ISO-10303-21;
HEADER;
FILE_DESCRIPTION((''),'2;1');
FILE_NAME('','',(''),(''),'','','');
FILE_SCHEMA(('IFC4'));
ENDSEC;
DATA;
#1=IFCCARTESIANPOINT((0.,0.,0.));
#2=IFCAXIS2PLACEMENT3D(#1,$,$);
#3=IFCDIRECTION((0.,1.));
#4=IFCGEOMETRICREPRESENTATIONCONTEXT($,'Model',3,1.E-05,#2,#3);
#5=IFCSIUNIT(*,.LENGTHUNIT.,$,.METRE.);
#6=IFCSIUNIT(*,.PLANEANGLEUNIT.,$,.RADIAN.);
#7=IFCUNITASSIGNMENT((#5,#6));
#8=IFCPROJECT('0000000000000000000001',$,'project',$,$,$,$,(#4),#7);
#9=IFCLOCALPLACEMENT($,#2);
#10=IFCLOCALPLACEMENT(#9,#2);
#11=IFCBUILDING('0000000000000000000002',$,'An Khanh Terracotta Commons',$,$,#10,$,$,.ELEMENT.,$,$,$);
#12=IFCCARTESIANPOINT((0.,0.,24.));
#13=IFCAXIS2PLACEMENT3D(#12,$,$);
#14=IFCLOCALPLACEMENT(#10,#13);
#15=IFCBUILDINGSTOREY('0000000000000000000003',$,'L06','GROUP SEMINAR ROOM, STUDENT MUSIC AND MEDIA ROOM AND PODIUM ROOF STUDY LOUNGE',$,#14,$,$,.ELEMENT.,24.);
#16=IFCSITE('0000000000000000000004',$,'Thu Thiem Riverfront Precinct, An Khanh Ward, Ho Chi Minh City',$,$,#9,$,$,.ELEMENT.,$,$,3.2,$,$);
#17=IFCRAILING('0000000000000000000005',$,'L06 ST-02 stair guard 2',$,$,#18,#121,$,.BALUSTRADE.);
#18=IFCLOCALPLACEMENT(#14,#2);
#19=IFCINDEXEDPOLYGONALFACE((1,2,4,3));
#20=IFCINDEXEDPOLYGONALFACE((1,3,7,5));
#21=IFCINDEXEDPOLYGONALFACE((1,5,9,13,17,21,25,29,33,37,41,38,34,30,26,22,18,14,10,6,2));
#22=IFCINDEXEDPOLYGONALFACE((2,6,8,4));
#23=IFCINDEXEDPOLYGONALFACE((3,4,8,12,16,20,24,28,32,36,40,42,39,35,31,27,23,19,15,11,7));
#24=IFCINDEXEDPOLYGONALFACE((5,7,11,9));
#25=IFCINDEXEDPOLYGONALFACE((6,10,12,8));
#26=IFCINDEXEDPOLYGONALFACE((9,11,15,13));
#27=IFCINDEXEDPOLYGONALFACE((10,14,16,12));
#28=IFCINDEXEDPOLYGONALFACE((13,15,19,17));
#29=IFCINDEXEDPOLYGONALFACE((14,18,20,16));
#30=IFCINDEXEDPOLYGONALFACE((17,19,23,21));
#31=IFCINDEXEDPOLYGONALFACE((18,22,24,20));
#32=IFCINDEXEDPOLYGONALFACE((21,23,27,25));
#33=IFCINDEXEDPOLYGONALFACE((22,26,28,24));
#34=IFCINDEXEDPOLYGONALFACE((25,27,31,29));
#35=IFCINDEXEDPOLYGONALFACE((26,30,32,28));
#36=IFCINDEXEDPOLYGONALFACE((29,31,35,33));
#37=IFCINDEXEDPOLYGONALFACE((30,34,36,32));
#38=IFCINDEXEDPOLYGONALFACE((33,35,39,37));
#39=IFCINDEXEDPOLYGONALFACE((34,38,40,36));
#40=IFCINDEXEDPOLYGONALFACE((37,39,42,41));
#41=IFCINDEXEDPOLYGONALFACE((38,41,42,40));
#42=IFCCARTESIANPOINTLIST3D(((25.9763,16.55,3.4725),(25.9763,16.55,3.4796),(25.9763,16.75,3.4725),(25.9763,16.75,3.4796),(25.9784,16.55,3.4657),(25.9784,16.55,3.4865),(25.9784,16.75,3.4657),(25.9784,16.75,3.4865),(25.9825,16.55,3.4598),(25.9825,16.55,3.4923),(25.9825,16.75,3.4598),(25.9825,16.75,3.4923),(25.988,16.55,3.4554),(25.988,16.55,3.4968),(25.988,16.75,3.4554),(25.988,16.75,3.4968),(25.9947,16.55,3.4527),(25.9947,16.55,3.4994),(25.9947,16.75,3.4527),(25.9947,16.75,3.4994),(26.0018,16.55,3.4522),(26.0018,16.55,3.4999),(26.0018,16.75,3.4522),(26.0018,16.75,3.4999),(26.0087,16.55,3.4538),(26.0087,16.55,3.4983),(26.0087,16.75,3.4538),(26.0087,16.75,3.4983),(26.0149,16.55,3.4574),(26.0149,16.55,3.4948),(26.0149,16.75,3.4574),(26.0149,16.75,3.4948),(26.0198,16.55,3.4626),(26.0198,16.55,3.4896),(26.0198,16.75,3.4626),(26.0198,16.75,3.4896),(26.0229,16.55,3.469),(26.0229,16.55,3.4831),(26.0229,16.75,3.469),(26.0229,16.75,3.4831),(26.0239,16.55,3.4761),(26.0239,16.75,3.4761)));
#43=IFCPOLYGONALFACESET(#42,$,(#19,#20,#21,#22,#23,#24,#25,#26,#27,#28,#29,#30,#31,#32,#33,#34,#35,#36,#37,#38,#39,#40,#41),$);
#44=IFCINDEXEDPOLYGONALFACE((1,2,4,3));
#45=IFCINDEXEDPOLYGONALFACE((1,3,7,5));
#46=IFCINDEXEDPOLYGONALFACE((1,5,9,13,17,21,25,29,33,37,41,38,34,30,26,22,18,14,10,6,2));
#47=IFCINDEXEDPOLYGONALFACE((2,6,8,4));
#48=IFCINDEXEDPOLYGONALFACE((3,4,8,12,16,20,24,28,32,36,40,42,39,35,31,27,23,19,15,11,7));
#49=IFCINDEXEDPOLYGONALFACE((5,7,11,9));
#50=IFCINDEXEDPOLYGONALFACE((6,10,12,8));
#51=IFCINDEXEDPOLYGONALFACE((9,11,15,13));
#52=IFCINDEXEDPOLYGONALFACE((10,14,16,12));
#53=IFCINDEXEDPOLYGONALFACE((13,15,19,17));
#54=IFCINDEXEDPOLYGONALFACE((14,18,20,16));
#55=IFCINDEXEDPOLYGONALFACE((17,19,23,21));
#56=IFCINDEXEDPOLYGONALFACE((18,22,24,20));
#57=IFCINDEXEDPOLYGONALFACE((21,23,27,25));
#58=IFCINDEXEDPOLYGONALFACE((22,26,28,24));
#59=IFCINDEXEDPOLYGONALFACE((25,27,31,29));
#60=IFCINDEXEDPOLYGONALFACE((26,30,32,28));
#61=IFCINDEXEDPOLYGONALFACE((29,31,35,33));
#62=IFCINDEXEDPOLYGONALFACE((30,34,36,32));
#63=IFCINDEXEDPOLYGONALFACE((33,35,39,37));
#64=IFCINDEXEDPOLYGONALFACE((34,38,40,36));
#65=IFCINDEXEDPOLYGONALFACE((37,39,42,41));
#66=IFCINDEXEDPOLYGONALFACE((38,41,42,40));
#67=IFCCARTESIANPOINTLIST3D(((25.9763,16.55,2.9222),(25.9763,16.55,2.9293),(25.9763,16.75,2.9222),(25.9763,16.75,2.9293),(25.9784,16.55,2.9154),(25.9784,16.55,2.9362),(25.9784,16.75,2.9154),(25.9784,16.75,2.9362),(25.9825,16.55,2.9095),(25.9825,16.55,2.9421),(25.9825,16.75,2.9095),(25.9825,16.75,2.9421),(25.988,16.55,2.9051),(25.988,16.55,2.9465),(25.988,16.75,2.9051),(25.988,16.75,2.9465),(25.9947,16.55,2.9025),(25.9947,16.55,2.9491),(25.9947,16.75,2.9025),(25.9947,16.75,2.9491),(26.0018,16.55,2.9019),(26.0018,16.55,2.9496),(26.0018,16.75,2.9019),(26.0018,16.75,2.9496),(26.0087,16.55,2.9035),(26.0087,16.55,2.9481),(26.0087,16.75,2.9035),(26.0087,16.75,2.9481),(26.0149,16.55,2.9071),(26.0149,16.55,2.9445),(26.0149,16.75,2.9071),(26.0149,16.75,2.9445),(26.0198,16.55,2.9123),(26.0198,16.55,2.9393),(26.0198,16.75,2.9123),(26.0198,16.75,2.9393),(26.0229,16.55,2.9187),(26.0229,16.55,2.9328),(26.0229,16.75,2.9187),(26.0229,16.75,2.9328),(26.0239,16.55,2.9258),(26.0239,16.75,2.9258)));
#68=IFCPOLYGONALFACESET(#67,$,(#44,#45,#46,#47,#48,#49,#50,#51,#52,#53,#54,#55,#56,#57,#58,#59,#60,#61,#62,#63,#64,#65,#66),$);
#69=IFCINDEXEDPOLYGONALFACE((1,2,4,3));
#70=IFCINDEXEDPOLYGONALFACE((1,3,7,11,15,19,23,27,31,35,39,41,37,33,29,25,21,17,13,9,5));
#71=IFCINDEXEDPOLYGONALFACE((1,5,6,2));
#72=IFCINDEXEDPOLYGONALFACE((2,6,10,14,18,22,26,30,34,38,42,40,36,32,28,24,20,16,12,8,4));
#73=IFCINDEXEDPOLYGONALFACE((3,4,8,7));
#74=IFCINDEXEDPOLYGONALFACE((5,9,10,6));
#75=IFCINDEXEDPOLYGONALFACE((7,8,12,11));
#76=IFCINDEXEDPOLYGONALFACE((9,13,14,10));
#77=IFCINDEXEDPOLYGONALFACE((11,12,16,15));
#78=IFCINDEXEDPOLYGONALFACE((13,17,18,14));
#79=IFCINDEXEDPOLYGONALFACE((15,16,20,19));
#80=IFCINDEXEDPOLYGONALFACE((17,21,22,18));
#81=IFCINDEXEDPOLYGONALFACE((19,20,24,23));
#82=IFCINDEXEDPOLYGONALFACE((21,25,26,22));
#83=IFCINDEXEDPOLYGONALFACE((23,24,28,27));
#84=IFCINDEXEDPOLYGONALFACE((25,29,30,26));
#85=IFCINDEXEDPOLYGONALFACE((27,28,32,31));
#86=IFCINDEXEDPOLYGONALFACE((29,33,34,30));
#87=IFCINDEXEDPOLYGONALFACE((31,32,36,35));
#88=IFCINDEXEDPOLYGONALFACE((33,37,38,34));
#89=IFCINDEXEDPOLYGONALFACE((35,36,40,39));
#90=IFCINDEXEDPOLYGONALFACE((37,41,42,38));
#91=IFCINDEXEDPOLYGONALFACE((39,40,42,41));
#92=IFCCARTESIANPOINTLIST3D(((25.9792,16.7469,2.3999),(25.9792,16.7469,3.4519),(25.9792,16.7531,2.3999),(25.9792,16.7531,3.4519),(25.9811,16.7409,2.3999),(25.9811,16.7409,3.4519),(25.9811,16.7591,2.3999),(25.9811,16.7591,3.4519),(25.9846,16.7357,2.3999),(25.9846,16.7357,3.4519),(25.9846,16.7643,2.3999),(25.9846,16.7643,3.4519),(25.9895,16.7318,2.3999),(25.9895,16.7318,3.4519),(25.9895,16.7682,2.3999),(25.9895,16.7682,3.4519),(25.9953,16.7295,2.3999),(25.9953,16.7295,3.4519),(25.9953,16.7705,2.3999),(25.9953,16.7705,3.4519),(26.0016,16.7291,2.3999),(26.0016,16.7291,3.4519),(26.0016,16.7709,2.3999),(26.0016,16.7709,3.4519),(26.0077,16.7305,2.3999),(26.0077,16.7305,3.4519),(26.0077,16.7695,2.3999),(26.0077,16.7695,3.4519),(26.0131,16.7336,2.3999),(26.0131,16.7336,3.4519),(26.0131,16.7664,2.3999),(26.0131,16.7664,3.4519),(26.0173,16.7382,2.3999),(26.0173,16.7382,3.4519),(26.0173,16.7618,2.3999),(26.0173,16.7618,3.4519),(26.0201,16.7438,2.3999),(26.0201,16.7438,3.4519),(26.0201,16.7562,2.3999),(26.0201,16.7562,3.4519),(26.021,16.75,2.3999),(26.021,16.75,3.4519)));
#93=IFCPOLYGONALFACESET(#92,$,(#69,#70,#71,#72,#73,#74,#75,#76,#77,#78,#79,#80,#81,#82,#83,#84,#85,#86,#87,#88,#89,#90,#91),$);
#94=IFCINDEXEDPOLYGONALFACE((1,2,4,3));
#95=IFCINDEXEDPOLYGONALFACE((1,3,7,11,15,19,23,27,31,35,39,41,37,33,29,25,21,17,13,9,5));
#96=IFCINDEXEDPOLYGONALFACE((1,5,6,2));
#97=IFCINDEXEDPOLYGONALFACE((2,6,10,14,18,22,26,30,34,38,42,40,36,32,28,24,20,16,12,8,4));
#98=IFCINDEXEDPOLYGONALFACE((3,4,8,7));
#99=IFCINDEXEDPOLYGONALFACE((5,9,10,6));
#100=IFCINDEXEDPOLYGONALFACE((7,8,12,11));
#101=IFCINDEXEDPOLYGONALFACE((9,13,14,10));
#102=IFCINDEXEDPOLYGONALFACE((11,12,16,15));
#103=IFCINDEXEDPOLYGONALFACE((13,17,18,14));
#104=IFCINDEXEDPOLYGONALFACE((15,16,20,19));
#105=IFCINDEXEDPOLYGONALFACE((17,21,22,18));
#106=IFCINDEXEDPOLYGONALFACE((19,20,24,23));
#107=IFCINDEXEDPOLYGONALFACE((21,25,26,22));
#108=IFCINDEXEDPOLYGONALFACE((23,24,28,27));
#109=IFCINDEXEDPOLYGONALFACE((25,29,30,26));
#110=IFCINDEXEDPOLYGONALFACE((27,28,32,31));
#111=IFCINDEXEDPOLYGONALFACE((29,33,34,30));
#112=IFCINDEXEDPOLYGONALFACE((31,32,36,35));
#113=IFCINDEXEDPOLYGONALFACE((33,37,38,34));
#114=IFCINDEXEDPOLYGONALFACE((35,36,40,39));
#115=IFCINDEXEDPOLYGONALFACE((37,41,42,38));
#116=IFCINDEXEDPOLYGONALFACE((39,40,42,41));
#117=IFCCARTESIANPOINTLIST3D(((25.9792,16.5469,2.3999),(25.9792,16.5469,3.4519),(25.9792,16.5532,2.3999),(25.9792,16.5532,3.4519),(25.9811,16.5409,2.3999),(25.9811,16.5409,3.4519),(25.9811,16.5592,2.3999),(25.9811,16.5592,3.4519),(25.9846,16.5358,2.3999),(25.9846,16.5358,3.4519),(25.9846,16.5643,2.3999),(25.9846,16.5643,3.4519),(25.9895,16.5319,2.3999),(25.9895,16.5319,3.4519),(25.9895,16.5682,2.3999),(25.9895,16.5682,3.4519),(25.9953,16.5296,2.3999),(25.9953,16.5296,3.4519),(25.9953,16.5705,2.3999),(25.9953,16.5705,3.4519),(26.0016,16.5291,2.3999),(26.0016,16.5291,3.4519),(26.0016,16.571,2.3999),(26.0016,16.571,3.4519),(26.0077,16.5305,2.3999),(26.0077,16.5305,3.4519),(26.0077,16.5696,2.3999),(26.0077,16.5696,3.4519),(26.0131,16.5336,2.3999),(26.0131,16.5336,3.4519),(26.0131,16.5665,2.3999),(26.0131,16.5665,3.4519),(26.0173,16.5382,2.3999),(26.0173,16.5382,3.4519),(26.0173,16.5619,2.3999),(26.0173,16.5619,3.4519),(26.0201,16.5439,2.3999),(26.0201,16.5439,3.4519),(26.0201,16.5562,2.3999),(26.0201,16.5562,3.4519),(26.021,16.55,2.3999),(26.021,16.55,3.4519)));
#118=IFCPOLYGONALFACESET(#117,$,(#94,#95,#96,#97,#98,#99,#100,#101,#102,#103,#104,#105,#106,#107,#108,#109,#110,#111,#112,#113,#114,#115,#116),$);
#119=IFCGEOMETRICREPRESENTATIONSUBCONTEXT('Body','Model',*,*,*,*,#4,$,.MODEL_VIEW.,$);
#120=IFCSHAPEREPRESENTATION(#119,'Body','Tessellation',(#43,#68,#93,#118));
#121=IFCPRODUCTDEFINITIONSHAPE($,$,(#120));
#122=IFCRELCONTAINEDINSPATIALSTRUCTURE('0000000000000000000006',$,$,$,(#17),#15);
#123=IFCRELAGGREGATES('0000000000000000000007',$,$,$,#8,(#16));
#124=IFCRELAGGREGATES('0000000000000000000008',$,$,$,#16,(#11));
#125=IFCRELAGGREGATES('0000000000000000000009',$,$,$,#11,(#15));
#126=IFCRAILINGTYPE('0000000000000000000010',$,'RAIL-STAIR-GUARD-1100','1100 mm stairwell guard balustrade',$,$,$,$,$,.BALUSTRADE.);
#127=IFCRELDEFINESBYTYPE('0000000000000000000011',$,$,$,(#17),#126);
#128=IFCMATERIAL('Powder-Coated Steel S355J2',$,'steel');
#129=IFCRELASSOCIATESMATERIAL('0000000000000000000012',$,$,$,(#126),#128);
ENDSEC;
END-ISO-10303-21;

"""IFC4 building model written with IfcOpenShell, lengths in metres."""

from ifc_helpers import new_model, si_unit, direction, frame, origin, origin_2d, place, context, subcontext, project, spatial, circle, extrude, material, type_object, element, save


model = new_model("IFC4")

# Units and contexts
model_context = context("Model", 3, precision=1e-05, world=origin(), true_north=direction((0.0, 1.0)))
body_context = subcontext(model_context, "Body", "Model", "MODEL_VIEW")
ifc_project = project(units=[si_unit("LENGTHUNIT", "METRE"), si_unit("PLANEANGLEUNIT", "RADIAN")], contexts=[model_context])

# Site, building, storey
site_placement = place(None, origin())
site = spatial("IfcSite", under=ifc_project, at=site_placement, Name="Thu Thiem Riverfront Precinct, An Khanh Ward, Ho Chi Minh City", CompositionType="ELEMENT", RefElevation=3.2)
building_placement = place(site_placement, origin())
building = spatial("IfcBuilding", under=site, at=building_placement, Name="An Khanh Terracotta Commons", CompositionType="ELEMENT")
storey_placement = place(building_placement, frame((0.0, 0.0, 24.0)))
storey = spatial("IfcBuildingStorey", under=building, at=storey_placement, Name="L06", Description="GROUP SEMINAR ROOM, STUDENT MUSIC AND MEDIA ROOM AND PODIUM ROOF STUDY LOUNGE", CompositionType="ELEMENT", Elevation=24.0)

# Railing
ifc_material_1 = material(Name="Powder-Coated Steel S355J2", Category="steel")
railing_type_1 = type_object("IfcRailingType", Name="RAIL-STAIR-GUARD-1100", Description="1100 mm stairwell guard balustrade", PredefinedType="BALUSTRADE", material=ifc_material_1)
railing_1_placement = place(storey_placement, frame((26.0, 16.75, 2.3999)))
element("IfcRailing", 1, at=railing_1_placement, inside=storey, type_object=railing_type_1, Name="L06 ST-02 stair guard 2", PredefinedType="BALUSTRADE", context=body_context, shape_type="SweptSolid", body=[
    extrude(circle(Radius=0.0239, at=origin_2d()), frame((0.0, 0.0, 1.0762), z_axis=(0.0, -1.0, 0.0), x_axis=(1.0, 0.0, 0.0)), (0.0, 0.0, 1.0), 0.2),
    extrude(circle(Radius=0.0239, at=origin_2d()), frame((0.0, 0.0, 0.5259), z_axis=(0.0, -1.0, 0.0), x_axis=(1.0, 0.0, 0.0)), (0.0, 0.0, 1.0), 0.2),
    extrude(circle(Radius=0.021, at=origin_2d()), origin(), (0.0, 0.0, 1.0), 1.052),
    extrude(circle(Radius=0.021, at=origin_2d()), frame((0.0, -0.2, 0.0)), (0.0, 0.0, 1.0), 1.052),
])

save(model, "model.ifc")
